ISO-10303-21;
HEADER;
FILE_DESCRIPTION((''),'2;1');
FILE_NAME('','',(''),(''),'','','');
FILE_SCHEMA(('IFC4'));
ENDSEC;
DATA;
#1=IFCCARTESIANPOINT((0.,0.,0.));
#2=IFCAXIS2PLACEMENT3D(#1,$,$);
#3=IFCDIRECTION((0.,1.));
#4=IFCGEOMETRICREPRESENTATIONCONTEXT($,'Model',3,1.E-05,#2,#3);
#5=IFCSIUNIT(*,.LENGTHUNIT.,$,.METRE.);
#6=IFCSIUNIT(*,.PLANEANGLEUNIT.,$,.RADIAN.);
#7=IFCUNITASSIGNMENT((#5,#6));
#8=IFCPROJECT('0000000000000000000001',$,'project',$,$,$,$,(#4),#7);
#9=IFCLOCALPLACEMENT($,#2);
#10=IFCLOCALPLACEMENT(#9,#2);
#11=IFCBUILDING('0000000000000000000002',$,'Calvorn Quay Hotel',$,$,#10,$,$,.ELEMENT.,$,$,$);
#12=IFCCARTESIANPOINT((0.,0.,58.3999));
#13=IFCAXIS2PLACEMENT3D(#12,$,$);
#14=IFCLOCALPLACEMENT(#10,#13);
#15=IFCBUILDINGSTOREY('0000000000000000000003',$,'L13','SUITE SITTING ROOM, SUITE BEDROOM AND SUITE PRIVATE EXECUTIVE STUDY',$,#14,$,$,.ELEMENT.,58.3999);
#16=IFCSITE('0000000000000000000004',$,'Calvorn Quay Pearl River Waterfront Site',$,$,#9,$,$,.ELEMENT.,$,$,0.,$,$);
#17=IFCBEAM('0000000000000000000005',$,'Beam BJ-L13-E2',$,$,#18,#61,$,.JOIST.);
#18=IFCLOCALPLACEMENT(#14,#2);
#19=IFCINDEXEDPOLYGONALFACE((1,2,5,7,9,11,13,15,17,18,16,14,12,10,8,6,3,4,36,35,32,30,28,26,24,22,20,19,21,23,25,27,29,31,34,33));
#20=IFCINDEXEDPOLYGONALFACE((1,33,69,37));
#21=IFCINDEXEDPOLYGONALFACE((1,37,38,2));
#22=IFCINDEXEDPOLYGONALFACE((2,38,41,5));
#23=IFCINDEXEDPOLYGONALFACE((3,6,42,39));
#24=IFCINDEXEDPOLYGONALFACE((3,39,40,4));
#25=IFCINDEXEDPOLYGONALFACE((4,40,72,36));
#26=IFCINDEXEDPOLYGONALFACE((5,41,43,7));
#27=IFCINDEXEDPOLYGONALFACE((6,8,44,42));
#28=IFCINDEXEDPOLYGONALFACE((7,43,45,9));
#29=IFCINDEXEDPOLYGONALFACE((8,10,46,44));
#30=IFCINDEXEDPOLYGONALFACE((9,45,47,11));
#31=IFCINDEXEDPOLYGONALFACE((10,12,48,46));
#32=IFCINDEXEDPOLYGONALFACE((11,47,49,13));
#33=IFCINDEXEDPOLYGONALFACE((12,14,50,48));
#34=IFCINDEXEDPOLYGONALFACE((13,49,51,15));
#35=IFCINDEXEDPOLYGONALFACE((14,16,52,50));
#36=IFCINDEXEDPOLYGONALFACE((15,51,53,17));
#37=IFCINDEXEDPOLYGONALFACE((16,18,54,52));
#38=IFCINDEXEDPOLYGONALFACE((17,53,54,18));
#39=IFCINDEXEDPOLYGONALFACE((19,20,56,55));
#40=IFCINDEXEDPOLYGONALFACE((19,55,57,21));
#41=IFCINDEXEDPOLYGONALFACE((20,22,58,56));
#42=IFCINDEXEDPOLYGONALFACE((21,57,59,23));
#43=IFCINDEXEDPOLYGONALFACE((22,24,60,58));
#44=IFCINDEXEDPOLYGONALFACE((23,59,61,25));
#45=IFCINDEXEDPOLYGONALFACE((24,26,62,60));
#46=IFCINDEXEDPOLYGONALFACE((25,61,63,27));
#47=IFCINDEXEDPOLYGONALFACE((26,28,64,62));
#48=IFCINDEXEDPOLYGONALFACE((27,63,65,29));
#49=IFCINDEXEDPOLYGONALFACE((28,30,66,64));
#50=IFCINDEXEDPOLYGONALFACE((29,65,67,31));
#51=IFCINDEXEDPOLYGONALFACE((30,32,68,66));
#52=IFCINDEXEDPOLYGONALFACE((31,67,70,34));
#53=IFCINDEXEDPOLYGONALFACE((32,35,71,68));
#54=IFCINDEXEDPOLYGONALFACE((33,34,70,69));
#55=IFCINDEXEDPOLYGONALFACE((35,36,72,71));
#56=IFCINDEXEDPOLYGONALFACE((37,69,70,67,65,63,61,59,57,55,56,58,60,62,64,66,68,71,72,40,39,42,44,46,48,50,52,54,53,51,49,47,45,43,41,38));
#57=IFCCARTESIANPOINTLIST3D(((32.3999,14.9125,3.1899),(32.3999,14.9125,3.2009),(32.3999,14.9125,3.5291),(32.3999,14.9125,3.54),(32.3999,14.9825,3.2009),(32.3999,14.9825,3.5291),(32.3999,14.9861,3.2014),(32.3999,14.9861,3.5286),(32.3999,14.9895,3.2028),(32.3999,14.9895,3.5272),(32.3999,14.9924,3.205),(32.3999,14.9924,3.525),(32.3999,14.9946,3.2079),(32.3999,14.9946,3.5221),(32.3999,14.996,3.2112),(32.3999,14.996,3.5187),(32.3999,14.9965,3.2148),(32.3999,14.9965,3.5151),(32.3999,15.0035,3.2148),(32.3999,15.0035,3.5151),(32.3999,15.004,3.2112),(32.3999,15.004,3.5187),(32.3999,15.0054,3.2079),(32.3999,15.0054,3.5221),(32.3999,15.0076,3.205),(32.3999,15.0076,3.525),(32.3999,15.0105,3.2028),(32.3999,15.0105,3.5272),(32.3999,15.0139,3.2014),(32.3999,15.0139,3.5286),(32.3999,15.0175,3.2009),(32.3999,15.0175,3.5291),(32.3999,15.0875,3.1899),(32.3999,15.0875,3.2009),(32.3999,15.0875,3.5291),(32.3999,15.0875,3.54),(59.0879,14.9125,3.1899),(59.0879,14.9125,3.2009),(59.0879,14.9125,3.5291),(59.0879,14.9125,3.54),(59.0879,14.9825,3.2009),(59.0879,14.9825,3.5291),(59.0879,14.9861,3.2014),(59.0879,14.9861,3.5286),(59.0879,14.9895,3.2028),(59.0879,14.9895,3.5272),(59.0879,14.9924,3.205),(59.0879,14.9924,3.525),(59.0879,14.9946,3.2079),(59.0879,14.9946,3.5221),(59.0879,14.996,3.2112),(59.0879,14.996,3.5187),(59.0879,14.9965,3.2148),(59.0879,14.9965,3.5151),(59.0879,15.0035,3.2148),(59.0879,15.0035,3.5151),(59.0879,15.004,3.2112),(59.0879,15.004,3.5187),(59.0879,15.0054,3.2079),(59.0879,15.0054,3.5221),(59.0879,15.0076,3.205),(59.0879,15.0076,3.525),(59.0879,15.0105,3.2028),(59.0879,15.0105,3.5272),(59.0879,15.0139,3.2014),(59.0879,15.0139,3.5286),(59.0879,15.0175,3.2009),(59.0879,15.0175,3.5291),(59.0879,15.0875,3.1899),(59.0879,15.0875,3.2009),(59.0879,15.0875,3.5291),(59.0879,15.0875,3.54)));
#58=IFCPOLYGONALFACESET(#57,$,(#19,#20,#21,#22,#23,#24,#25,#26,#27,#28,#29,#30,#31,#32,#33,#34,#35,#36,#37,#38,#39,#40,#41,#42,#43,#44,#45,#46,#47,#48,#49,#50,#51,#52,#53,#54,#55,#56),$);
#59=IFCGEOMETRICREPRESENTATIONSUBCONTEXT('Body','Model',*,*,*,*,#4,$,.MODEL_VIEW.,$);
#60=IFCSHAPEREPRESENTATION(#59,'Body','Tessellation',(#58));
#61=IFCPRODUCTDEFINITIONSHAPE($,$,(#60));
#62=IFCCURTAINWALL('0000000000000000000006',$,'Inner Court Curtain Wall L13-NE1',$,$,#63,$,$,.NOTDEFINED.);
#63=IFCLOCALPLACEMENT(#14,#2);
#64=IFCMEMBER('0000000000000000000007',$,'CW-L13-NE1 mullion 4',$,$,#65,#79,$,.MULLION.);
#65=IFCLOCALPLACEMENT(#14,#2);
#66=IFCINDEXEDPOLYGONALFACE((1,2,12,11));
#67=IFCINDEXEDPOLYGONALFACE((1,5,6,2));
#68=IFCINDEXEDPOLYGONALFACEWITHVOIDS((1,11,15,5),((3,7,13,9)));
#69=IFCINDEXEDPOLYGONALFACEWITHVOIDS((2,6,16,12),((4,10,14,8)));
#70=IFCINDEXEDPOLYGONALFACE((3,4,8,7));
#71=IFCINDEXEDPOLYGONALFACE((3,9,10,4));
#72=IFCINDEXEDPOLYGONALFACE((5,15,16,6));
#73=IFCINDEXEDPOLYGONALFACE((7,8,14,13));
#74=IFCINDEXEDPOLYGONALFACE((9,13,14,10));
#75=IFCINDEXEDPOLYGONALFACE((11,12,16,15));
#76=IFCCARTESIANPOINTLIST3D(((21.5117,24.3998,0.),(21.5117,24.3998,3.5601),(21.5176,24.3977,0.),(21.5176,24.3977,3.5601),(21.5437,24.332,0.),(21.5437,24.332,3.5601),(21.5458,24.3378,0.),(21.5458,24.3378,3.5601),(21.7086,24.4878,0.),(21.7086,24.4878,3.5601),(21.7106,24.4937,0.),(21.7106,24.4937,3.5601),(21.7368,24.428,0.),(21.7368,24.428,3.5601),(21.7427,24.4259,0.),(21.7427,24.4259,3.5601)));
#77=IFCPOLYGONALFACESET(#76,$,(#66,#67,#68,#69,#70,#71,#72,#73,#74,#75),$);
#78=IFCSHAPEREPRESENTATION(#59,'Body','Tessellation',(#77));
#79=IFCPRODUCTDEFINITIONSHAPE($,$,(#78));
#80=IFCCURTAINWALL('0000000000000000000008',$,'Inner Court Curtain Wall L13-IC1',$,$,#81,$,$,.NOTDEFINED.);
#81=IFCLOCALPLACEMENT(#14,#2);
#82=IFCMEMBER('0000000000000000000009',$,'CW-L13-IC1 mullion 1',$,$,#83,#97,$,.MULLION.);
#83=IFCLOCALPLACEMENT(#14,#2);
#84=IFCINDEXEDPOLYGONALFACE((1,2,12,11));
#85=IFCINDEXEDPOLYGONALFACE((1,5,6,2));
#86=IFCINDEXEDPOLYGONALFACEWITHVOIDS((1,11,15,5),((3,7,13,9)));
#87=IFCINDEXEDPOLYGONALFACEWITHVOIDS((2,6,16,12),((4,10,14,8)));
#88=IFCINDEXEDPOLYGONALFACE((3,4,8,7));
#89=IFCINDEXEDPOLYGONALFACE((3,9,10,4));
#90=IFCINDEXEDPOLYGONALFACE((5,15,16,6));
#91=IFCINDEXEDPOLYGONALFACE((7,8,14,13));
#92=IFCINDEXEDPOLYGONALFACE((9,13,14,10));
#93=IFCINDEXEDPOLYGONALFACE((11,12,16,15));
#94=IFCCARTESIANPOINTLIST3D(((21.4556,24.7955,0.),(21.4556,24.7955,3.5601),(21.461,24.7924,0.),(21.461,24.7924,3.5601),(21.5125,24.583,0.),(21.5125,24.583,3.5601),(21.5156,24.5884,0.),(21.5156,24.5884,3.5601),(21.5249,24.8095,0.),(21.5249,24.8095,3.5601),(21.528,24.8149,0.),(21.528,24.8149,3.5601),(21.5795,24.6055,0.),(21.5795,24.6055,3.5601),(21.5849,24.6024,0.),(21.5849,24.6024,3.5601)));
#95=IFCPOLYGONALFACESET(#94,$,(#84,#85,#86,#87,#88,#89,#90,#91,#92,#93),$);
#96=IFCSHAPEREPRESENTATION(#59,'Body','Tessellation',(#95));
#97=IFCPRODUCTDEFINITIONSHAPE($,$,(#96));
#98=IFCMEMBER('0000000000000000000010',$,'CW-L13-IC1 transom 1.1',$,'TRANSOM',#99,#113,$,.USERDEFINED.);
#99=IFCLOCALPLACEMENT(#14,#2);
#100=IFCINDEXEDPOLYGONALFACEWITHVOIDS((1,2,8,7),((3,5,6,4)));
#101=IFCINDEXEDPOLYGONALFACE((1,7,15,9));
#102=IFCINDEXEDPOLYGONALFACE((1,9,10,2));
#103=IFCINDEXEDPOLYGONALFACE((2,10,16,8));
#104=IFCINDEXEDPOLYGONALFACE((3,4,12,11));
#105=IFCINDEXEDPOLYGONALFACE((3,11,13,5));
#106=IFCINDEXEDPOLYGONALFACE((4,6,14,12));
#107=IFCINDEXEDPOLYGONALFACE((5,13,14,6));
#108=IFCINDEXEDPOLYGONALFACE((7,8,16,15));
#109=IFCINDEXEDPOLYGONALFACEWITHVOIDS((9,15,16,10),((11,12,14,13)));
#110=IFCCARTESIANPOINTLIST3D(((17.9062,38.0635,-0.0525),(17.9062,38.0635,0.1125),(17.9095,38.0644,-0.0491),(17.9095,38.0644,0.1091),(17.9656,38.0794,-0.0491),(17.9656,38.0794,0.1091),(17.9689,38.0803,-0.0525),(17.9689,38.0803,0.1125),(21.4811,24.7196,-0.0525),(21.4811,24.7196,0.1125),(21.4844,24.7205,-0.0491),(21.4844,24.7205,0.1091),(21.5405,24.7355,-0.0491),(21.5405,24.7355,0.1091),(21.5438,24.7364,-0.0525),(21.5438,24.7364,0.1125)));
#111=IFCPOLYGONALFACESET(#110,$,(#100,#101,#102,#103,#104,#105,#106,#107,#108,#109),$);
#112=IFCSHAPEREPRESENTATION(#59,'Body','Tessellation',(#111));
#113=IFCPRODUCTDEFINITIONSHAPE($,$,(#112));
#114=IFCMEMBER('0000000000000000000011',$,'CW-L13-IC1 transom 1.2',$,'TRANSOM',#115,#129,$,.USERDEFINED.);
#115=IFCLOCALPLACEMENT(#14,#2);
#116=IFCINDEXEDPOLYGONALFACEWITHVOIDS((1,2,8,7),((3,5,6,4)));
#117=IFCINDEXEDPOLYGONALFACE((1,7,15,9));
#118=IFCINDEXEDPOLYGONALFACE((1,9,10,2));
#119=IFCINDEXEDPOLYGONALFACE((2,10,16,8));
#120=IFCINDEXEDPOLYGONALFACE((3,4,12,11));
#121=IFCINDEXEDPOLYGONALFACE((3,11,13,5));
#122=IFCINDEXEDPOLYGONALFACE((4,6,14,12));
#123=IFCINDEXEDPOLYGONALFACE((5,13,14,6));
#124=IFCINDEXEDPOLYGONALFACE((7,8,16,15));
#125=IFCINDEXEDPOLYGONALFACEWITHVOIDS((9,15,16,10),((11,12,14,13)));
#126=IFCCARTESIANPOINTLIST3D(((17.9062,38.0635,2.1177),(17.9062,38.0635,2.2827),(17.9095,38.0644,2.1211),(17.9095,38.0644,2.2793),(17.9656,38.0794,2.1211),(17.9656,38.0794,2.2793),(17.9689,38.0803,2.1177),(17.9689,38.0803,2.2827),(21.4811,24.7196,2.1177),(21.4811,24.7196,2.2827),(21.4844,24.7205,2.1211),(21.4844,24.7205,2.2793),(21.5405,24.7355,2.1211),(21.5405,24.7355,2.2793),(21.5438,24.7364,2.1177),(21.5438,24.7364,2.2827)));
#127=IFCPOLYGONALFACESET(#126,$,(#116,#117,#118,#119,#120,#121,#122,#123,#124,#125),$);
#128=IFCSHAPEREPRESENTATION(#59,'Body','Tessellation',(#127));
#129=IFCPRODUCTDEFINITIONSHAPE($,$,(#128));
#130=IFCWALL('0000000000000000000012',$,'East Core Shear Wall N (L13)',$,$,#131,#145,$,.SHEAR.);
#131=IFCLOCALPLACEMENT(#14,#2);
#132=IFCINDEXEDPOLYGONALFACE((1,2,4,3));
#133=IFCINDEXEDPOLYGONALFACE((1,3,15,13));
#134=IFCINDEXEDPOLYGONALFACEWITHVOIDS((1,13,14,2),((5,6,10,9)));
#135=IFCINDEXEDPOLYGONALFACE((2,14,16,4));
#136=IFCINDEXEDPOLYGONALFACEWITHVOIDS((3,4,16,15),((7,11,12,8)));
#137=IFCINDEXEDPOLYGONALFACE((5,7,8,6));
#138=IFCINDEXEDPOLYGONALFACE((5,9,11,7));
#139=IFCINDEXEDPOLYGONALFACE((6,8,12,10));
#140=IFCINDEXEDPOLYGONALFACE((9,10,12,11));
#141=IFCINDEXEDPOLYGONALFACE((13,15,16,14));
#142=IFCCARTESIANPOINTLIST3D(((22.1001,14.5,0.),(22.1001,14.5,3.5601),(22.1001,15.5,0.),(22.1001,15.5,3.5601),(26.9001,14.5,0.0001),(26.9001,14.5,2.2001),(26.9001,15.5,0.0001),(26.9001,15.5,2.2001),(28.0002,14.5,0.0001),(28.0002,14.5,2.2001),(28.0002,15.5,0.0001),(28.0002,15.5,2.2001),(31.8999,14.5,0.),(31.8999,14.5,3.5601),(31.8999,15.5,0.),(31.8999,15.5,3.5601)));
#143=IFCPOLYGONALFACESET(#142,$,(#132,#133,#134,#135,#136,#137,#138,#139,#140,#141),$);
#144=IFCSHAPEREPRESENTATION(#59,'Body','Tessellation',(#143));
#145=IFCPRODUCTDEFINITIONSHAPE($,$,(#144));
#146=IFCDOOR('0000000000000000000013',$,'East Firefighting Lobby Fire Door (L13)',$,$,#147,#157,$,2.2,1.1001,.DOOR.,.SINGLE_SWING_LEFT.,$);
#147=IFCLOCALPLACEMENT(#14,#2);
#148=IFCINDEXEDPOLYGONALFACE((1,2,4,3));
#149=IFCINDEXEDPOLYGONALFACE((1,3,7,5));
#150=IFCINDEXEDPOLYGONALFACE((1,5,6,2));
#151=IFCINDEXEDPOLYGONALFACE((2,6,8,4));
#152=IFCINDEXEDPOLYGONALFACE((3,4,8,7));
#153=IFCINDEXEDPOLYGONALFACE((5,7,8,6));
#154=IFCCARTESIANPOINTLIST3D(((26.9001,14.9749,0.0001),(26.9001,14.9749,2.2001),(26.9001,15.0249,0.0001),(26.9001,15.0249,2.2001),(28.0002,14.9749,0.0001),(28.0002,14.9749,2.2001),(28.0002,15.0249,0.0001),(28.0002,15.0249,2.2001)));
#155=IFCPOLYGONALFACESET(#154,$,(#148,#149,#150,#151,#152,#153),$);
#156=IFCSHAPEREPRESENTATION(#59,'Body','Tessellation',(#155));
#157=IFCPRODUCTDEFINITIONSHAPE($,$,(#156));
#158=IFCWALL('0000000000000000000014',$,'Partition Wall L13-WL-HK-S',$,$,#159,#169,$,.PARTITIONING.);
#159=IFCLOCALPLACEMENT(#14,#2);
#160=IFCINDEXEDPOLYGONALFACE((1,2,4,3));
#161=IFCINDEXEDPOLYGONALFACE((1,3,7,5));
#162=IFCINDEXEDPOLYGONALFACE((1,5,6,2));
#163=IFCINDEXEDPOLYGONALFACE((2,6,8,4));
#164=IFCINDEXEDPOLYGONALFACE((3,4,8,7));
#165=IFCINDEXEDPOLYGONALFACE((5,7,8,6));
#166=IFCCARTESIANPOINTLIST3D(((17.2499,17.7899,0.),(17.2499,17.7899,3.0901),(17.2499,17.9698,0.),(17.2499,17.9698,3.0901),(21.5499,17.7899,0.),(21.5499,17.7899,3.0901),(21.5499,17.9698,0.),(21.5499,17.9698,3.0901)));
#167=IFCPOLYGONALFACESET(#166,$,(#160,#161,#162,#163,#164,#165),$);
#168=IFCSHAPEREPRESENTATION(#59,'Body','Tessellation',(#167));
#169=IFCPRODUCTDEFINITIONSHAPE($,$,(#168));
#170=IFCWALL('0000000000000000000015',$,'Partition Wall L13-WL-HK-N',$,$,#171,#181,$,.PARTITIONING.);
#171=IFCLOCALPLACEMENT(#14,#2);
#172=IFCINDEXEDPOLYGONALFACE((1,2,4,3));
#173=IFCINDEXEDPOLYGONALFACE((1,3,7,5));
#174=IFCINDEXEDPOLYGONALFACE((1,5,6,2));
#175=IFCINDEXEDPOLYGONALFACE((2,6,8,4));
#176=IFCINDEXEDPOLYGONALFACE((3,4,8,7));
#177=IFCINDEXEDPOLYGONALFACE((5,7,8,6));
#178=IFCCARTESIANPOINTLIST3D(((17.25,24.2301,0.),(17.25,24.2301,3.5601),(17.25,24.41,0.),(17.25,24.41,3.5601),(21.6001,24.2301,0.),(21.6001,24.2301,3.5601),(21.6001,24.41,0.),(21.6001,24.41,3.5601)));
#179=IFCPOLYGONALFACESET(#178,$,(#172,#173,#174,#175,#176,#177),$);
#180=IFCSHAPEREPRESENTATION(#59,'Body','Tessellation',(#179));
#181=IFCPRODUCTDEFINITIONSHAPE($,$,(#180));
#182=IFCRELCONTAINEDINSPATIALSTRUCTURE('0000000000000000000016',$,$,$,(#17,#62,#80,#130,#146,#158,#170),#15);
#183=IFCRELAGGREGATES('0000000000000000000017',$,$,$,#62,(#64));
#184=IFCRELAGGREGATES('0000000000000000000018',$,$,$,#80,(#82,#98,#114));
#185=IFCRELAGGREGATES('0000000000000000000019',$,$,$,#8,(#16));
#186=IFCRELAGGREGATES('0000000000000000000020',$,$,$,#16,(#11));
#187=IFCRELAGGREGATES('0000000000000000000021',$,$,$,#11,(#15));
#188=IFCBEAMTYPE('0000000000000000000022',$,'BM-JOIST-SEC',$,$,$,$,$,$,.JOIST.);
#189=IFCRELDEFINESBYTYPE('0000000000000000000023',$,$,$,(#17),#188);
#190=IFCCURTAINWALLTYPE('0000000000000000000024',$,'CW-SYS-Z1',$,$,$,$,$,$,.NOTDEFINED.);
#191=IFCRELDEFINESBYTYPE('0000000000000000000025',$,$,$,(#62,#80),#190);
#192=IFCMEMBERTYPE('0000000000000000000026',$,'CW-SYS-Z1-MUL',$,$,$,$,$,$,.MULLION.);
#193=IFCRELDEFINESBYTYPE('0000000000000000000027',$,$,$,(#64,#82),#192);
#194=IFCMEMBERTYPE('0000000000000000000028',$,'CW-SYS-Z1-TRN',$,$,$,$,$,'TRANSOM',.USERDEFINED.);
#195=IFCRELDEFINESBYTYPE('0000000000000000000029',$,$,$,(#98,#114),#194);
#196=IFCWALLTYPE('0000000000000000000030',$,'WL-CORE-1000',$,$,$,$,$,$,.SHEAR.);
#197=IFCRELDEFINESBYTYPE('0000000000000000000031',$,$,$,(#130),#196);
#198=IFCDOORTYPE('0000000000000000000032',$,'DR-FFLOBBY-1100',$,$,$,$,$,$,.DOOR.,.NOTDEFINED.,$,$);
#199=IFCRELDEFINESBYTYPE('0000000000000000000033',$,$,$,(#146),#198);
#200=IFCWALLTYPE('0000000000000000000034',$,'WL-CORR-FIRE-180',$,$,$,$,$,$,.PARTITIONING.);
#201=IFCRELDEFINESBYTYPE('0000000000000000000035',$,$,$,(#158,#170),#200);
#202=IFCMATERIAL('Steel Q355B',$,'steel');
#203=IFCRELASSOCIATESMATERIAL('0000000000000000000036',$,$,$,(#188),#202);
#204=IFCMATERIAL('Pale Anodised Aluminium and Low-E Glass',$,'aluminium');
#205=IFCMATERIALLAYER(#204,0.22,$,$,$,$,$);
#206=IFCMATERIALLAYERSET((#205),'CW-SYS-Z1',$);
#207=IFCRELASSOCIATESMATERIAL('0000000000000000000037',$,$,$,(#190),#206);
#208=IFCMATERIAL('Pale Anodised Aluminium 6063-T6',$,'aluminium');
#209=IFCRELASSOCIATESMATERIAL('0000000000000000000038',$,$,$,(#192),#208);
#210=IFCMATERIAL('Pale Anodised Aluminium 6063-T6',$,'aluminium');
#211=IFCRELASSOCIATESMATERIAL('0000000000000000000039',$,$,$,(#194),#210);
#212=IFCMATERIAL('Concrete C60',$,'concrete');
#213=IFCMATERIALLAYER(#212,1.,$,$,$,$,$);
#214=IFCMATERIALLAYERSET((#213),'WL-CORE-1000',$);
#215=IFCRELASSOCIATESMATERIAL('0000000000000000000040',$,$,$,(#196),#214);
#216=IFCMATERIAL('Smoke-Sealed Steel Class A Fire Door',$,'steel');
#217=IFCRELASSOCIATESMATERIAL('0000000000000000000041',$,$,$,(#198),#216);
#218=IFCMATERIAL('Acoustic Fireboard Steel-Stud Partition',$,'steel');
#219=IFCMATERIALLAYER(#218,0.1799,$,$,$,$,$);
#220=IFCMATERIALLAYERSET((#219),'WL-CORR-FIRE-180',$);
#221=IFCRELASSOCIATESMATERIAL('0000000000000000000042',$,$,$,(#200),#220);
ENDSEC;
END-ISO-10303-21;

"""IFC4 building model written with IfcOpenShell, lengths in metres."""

from ifc_helpers import new_model, si_unit, direction, frame, frame_2d, origin, origin_2d, place, context, subcontext, project, spatial, rectangle, hollow_rectangle, i_section, extrude, material, layer, layer_set, material_profile, profile_set, type_object, element, fill, aggregate, save


model = new_model("IFC4")

# Units and contexts
model_context = context("Model", 3, precision=1e-05, world=origin(), true_north=direction((0.0, 1.0)))
body_context = subcontext(model_context, "Body", "Model", "MODEL_VIEW")
ifc_project = project(units=[si_unit("LENGTHUNIT", "METRE"), si_unit("PLANEANGLEUNIT", "RADIAN")], contexts=[model_context])

# Site, building, storey
site_placement = place(None, origin())
site = spatial("IfcSite", under=ifc_project, at=site_placement, Name="Calvorn Quay Pearl River Waterfront Site", CompositionType="ELEMENT", RefElevation=0.0)
building_placement = place(site_placement, origin())
building = spatial("IfcBuilding", under=site, at=building_placement, Name="Calvorn Quay Hotel", CompositionType="ELEMENT")
storey_placement = place(building_placement, frame((0.0, 0.0, 58.3999)))
storey = spatial("IfcBuildingStorey", under=building, at=storey_placement, Name="L13", Description="SUITE SITTING ROOM, SUITE BEDROOM AND SUITE PRIVATE EXECUTIVE STUDY", CompositionType="ELEMENT", Elevation=58.3999)

# Beam
ifc_material_1 = material(Name="Steel Q355B", Category="steel")
ifc_material_profile_1 = material_profile(ifc_material_1, i_section(OverallWidth=0.175, OverallDepth=0.3501, WebThickness=0.0071, FlangeThickness=0.011, FilletRadius=0.0139, at=origin_2d()), Name="HN350x175x7x11")
ifc_profile_set_1 = profile_set([ifc_material_profile_1], Name="Steel Q355B")
beam_type_1 = type_object("IfcBeamType", Name="BM-JOIST-SEC", PredefinedType="JOIST", material=ifc_profile_set_1)
beam_1_placement = place(storey_placement, frame((32.3999, 15.0, 3.365), z_axis=(1.0, 0.0, 0.0), x_axis=(0.0, 1.0, 0.0)))
element("IfcBeam", 1, at=beam_1_placement, inside=storey, type_object=beam_type_1, Name="Beam BJ-L13-E2", PredefinedType="JOIST", context=body_context, shape_type="SweptSolid", body=[
    extrude(i_section(OverallWidth=0.175, OverallDepth=0.3501, WebThickness=0.0071, FlangeThickness=0.011, FilletRadius=0.0139, at=origin_2d()), origin(), (0.0, 0.0, 1.0), 26.688),
])

# Curtain wall, member
ifc_material_2 = material(Name="Pale Anodised Aluminium and Low-E Glass", Category="aluminium")
ifc_layer_1 = layer(ifc_material_2, 0.22)
ifc_layer_set_1 = layer_set([ifc_layer_1], Name="CW-SYS-Z1")
curtain_wall_type = type_object("IfcCurtainWallType", Name="CW-SYS-Z1", PredefinedType="NOTDEFINED", material=ifc_layer_set_1)
curtain_wall_1_placement = place(storey_placement, origin())
curtain_wall_1 = element("IfcCurtainWall", 2, at=curtain_wall_1_placement, inside=storey, type_object=curtain_wall_type, Name="Inner Court Curtain Wall L13-NE1", PredefinedType="NOTDEFINED")
ifc_material_3 = material(Name="Pale Anodised Aluminium 6063-T6", Category="aluminium")
ifc_material_profile_2 = material_profile(ifc_material_3, hollow_rectangle(XDim=0.075, YDim=0.22, WallThickness=0.0044, at=origin_2d()), Name="ALU-M220x75x4.5")
ifc_profile_set_2 = profile_set([ifc_material_profile_2], Name="Pale Anodised Aluminium 6063-T6")
member_type_1 = type_object("IfcMemberType", Name="CW-SYS-Z1-MUL", PredefinedType="MULLION", material=ifc_profile_set_2)
member_1_placement = place(storey_placement, frame((21.6272, 24.4128, 0.0), z_axis=(0.0, 0.0, 1.0), x_axis=(0.427006, -0.904249, 0.0)))
member_1 = element("IfcMember", 3, at=member_1_placement, type_object=member_type_1, Name="CW-L13-NE1 mullion 4", PredefinedType="MULLION", context=body_context, shape_type="SweptSolid", body=[
    extrude(hollow_rectangle(XDim=0.075, YDim=0.22, WallThickness=0.0044, at=origin_2d()), origin(), (0.0, 0.0, 1.0), 3.5601),
])
aggregate(curtain_wall_1, [member_1])

# Curtain wall, members
curtain_wall_2_placement = place(storey_placement, origin())
curtain_wall_2 = element("IfcCurtainWall", 4, at=curtain_wall_2_placement, inside=storey, type_object=curtain_wall_type, Name="Inner Court Curtain Wall L13-IC1", PredefinedType="NOTDEFINED")
member_2_placement = place(storey_placement, frame((21.5203, 24.699, 0.0), z_axis=(0.0, 0.0, 1.0), x_axis=(-0.965937, -0.258779, 0.0)))
member_2 = element("IfcMember", 5, at=member_2_placement, type_object=member_type_1, Name="CW-L13-IC1 mullion 1", PredefinedType="MULLION", context=body_context, shape_type="SweptSolid", body=[
    extrude(hollow_rectangle(XDim=0.075, YDim=0.22, WallThickness=0.0044, at=origin_2d()), origin(), (0.0, 0.0, 1.0), 3.5601),
])
ifc_material_4 = material(Name="Pale Anodised Aluminium 6063-T6", Category="aluminium")
ifc_material_profile_3 = material_profile(ifc_material_4, hollow_rectangle(XDim=0.0649, YDim=0.165, WallThickness=0.0034, at=origin_2d()), Name="ALU-T165x65x3.5")
ifc_profile_set_3 = profile_set([ifc_material_profile_3], Name="Pale Anodised Aluminium 6063-T6")
member_type_2 = type_object("IfcMemberType", Name="CW-SYS-Z1-TRN", ElementType="TRANSOM", PredefinedType="USERDEFINED", material=ifc_profile_set_3)
member_3_placement = place(storey_placement, frame((21.5125, 24.728, 0.03), z_axis=(-0.258781, 0.965936, 0.0), x_axis=(-0.965936, -0.258781, 0.0)))
member_3 = element("IfcMember", 6, at=member_3_placement, type_object=member_type_2, Name="CW-L13-IC1 transom 1.1", ObjectType="TRANSOM", PredefinedType="USERDEFINED", context=body_context, shape_type="SweptSolid", body=[
    extrude(hollow_rectangle(XDim=0.0649, YDim=0.165, WallThickness=0.0034, at=origin_2d()), origin(), (0.0, 0.0, 1.0), 13.8145),
])
member_4_placement = place(storey_placement, frame((21.5125, 24.728, 2.2002), z_axis=(-0.258781, 0.965936, 0.0), x_axis=(-0.965936, -0.258781, 0.0)))
member_4 = element("IfcMember", 7, at=member_4_placement, type_object=member_type_2, Name="CW-L13-IC1 transom 1.2", ObjectType="TRANSOM", PredefinedType="USERDEFINED", context=body_context, shape_type="SweptSolid", body=[
    extrude(hollow_rectangle(XDim=0.0649, YDim=0.165, WallThickness=0.0034, at=origin_2d()), origin(), (0.0, 0.0, 1.0), 13.8145),
])
aggregate(curtain_wall_2, [member_2, member_3, member_4])

# Wall, opening, door
ifc_material_5 = material(Name="Concrete C60", Category="concrete")
ifc_layer_2 = layer(ifc_material_5, 1.0)
ifc_layer_set_2 = layer_set([ifc_layer_2], Name="WL-CORE-1000")
wall_type_1 = type_object("IfcWallType", Name="WL-CORE-1000", PredefinedType="SHEAR", material=ifc_layer_set_2)
wall_1_placement = place(storey_placement, frame((22.1001, 15.0, 0.0), z_axis=(0.0, 0.0, 1.0), x_axis=(1.0, 0.0, 0.0)))
wall_1 = element("IfcWall", 8, at=wall_1_placement, inside=storey, type_object=wall_type_1, Name="East Core Shear Wall N (L13)", PredefinedType="SHEAR", context=body_context, shape_type="SweptSolid", body=[
    extrude(rectangle(XDim=9.7998, YDim=1.0, at=frame_2d((4.8999, 0.0))), origin(), (0.0, 0.0, 1.0), 3.5601),
])
opening_1_placement = place(wall_1_placement, frame((4.8, 0.0, 0.0)))
opening_1 = element("IfcOpeningElement", 9, at=opening_1_placement, cuts=wall_1, PredefinedType="OPENING", context=body_context, shape_type="SweptSolid", body=[
    extrude(rectangle(XDim=1.1001, YDim=2.2, at=frame_2d((0.55, 1.1001))), frame((0.0, 0.51, 0.0), z_axis=(0.0, -1.0, 0.0), x_axis=(1.0, 0.0, 0.0)), (0.0, 0.0, 1.0), 1.02),
])
ifc_material_6 = material(Name="Smoke-Sealed Steel Class A Fire Door", Category="steel")
door_type_1 = type_object("IfcDoorType", Name="DR-FFLOBBY-1100", OperationType="NOTDEFINED", PredefinedType="DOOR", material=ifc_material_6)
door_1_placement = place(opening_1_placement, origin())
door_1 = element("IfcDoor", 10, at=door_1_placement, inside=storey, type_object=door_type_1, Name="East Firefighting Lobby Fire Door (L13)", OperationType="SINGLE_SWING_LEFT", OverallHeight=2.2, OverallWidth=1.1001, PredefinedType="DOOR", context=body_context, shape_type="SweptSolid", body=[
    extrude(rectangle(XDim=1.1001, YDim=2.2, at=frame_2d((0.55, 1.1001))), frame((0.0, 0.0249, 0.0), z_axis=(0.0, -1.0, 0.0), x_axis=(1.0, 0.0, 0.0)), (0.0, 0.0, 1.0), 0.05),
])
fill(opening_1, door_1)

# Walls
ifc_material_7 = material(Name="Acoustic Fireboard Steel-Stud Partition", Category="steel")
ifc_layer_3 = layer(ifc_material_7, 0.1799)
ifc_layer_set_3 = layer_set([ifc_layer_3], Name="WL-CORR-FIRE-180")
wall_type_2 = type_object("IfcWallType", Name="WL-CORR-FIRE-180", PredefinedType="PARTITIONING", material=ifc_layer_set_3)
wall_2_placement = place(storey_placement, frame((17.25, 17.8799, 0.0), z_axis=(0.0, 0.0, 1.0), x_axis=(1.0, 0.0, 0.0)))
element("IfcWall", 11, at=wall_2_placement, inside=storey, type_object=wall_type_2, Name="Partition Wall L13-WL-HK-S", PredefinedType="PARTITIONING", context=body_context, shape_type="SweptSolid", body=[
    extrude(rectangle(XDim=4.3, YDim=0.1799, at=frame_2d((2.1499, 0.0))), origin(), (0.0, 0.0, 1.0), 3.0901),
])
wall_3_placement = place(storey_placement, frame((17.25, 24.3201, 0.0), z_axis=(0.0, 0.0, 1.0), x_axis=(1.0, 0.0, 0.0)))
element("IfcWall", 12, at=wall_3_placement, inside=storey, type_object=wall_type_2, Name="Partition Wall L13-WL-HK-N", PredefinedType="PARTITIONING", context=body_context, shape_type="SweptSolid", body=[
    extrude(rectangle(XDim=4.3501, YDim=0.1799, at=frame_2d((2.175, 0.0))), origin(), (0.0, 0.0, 1.0), 3.5601),
])

save(model, "model.ifc")
